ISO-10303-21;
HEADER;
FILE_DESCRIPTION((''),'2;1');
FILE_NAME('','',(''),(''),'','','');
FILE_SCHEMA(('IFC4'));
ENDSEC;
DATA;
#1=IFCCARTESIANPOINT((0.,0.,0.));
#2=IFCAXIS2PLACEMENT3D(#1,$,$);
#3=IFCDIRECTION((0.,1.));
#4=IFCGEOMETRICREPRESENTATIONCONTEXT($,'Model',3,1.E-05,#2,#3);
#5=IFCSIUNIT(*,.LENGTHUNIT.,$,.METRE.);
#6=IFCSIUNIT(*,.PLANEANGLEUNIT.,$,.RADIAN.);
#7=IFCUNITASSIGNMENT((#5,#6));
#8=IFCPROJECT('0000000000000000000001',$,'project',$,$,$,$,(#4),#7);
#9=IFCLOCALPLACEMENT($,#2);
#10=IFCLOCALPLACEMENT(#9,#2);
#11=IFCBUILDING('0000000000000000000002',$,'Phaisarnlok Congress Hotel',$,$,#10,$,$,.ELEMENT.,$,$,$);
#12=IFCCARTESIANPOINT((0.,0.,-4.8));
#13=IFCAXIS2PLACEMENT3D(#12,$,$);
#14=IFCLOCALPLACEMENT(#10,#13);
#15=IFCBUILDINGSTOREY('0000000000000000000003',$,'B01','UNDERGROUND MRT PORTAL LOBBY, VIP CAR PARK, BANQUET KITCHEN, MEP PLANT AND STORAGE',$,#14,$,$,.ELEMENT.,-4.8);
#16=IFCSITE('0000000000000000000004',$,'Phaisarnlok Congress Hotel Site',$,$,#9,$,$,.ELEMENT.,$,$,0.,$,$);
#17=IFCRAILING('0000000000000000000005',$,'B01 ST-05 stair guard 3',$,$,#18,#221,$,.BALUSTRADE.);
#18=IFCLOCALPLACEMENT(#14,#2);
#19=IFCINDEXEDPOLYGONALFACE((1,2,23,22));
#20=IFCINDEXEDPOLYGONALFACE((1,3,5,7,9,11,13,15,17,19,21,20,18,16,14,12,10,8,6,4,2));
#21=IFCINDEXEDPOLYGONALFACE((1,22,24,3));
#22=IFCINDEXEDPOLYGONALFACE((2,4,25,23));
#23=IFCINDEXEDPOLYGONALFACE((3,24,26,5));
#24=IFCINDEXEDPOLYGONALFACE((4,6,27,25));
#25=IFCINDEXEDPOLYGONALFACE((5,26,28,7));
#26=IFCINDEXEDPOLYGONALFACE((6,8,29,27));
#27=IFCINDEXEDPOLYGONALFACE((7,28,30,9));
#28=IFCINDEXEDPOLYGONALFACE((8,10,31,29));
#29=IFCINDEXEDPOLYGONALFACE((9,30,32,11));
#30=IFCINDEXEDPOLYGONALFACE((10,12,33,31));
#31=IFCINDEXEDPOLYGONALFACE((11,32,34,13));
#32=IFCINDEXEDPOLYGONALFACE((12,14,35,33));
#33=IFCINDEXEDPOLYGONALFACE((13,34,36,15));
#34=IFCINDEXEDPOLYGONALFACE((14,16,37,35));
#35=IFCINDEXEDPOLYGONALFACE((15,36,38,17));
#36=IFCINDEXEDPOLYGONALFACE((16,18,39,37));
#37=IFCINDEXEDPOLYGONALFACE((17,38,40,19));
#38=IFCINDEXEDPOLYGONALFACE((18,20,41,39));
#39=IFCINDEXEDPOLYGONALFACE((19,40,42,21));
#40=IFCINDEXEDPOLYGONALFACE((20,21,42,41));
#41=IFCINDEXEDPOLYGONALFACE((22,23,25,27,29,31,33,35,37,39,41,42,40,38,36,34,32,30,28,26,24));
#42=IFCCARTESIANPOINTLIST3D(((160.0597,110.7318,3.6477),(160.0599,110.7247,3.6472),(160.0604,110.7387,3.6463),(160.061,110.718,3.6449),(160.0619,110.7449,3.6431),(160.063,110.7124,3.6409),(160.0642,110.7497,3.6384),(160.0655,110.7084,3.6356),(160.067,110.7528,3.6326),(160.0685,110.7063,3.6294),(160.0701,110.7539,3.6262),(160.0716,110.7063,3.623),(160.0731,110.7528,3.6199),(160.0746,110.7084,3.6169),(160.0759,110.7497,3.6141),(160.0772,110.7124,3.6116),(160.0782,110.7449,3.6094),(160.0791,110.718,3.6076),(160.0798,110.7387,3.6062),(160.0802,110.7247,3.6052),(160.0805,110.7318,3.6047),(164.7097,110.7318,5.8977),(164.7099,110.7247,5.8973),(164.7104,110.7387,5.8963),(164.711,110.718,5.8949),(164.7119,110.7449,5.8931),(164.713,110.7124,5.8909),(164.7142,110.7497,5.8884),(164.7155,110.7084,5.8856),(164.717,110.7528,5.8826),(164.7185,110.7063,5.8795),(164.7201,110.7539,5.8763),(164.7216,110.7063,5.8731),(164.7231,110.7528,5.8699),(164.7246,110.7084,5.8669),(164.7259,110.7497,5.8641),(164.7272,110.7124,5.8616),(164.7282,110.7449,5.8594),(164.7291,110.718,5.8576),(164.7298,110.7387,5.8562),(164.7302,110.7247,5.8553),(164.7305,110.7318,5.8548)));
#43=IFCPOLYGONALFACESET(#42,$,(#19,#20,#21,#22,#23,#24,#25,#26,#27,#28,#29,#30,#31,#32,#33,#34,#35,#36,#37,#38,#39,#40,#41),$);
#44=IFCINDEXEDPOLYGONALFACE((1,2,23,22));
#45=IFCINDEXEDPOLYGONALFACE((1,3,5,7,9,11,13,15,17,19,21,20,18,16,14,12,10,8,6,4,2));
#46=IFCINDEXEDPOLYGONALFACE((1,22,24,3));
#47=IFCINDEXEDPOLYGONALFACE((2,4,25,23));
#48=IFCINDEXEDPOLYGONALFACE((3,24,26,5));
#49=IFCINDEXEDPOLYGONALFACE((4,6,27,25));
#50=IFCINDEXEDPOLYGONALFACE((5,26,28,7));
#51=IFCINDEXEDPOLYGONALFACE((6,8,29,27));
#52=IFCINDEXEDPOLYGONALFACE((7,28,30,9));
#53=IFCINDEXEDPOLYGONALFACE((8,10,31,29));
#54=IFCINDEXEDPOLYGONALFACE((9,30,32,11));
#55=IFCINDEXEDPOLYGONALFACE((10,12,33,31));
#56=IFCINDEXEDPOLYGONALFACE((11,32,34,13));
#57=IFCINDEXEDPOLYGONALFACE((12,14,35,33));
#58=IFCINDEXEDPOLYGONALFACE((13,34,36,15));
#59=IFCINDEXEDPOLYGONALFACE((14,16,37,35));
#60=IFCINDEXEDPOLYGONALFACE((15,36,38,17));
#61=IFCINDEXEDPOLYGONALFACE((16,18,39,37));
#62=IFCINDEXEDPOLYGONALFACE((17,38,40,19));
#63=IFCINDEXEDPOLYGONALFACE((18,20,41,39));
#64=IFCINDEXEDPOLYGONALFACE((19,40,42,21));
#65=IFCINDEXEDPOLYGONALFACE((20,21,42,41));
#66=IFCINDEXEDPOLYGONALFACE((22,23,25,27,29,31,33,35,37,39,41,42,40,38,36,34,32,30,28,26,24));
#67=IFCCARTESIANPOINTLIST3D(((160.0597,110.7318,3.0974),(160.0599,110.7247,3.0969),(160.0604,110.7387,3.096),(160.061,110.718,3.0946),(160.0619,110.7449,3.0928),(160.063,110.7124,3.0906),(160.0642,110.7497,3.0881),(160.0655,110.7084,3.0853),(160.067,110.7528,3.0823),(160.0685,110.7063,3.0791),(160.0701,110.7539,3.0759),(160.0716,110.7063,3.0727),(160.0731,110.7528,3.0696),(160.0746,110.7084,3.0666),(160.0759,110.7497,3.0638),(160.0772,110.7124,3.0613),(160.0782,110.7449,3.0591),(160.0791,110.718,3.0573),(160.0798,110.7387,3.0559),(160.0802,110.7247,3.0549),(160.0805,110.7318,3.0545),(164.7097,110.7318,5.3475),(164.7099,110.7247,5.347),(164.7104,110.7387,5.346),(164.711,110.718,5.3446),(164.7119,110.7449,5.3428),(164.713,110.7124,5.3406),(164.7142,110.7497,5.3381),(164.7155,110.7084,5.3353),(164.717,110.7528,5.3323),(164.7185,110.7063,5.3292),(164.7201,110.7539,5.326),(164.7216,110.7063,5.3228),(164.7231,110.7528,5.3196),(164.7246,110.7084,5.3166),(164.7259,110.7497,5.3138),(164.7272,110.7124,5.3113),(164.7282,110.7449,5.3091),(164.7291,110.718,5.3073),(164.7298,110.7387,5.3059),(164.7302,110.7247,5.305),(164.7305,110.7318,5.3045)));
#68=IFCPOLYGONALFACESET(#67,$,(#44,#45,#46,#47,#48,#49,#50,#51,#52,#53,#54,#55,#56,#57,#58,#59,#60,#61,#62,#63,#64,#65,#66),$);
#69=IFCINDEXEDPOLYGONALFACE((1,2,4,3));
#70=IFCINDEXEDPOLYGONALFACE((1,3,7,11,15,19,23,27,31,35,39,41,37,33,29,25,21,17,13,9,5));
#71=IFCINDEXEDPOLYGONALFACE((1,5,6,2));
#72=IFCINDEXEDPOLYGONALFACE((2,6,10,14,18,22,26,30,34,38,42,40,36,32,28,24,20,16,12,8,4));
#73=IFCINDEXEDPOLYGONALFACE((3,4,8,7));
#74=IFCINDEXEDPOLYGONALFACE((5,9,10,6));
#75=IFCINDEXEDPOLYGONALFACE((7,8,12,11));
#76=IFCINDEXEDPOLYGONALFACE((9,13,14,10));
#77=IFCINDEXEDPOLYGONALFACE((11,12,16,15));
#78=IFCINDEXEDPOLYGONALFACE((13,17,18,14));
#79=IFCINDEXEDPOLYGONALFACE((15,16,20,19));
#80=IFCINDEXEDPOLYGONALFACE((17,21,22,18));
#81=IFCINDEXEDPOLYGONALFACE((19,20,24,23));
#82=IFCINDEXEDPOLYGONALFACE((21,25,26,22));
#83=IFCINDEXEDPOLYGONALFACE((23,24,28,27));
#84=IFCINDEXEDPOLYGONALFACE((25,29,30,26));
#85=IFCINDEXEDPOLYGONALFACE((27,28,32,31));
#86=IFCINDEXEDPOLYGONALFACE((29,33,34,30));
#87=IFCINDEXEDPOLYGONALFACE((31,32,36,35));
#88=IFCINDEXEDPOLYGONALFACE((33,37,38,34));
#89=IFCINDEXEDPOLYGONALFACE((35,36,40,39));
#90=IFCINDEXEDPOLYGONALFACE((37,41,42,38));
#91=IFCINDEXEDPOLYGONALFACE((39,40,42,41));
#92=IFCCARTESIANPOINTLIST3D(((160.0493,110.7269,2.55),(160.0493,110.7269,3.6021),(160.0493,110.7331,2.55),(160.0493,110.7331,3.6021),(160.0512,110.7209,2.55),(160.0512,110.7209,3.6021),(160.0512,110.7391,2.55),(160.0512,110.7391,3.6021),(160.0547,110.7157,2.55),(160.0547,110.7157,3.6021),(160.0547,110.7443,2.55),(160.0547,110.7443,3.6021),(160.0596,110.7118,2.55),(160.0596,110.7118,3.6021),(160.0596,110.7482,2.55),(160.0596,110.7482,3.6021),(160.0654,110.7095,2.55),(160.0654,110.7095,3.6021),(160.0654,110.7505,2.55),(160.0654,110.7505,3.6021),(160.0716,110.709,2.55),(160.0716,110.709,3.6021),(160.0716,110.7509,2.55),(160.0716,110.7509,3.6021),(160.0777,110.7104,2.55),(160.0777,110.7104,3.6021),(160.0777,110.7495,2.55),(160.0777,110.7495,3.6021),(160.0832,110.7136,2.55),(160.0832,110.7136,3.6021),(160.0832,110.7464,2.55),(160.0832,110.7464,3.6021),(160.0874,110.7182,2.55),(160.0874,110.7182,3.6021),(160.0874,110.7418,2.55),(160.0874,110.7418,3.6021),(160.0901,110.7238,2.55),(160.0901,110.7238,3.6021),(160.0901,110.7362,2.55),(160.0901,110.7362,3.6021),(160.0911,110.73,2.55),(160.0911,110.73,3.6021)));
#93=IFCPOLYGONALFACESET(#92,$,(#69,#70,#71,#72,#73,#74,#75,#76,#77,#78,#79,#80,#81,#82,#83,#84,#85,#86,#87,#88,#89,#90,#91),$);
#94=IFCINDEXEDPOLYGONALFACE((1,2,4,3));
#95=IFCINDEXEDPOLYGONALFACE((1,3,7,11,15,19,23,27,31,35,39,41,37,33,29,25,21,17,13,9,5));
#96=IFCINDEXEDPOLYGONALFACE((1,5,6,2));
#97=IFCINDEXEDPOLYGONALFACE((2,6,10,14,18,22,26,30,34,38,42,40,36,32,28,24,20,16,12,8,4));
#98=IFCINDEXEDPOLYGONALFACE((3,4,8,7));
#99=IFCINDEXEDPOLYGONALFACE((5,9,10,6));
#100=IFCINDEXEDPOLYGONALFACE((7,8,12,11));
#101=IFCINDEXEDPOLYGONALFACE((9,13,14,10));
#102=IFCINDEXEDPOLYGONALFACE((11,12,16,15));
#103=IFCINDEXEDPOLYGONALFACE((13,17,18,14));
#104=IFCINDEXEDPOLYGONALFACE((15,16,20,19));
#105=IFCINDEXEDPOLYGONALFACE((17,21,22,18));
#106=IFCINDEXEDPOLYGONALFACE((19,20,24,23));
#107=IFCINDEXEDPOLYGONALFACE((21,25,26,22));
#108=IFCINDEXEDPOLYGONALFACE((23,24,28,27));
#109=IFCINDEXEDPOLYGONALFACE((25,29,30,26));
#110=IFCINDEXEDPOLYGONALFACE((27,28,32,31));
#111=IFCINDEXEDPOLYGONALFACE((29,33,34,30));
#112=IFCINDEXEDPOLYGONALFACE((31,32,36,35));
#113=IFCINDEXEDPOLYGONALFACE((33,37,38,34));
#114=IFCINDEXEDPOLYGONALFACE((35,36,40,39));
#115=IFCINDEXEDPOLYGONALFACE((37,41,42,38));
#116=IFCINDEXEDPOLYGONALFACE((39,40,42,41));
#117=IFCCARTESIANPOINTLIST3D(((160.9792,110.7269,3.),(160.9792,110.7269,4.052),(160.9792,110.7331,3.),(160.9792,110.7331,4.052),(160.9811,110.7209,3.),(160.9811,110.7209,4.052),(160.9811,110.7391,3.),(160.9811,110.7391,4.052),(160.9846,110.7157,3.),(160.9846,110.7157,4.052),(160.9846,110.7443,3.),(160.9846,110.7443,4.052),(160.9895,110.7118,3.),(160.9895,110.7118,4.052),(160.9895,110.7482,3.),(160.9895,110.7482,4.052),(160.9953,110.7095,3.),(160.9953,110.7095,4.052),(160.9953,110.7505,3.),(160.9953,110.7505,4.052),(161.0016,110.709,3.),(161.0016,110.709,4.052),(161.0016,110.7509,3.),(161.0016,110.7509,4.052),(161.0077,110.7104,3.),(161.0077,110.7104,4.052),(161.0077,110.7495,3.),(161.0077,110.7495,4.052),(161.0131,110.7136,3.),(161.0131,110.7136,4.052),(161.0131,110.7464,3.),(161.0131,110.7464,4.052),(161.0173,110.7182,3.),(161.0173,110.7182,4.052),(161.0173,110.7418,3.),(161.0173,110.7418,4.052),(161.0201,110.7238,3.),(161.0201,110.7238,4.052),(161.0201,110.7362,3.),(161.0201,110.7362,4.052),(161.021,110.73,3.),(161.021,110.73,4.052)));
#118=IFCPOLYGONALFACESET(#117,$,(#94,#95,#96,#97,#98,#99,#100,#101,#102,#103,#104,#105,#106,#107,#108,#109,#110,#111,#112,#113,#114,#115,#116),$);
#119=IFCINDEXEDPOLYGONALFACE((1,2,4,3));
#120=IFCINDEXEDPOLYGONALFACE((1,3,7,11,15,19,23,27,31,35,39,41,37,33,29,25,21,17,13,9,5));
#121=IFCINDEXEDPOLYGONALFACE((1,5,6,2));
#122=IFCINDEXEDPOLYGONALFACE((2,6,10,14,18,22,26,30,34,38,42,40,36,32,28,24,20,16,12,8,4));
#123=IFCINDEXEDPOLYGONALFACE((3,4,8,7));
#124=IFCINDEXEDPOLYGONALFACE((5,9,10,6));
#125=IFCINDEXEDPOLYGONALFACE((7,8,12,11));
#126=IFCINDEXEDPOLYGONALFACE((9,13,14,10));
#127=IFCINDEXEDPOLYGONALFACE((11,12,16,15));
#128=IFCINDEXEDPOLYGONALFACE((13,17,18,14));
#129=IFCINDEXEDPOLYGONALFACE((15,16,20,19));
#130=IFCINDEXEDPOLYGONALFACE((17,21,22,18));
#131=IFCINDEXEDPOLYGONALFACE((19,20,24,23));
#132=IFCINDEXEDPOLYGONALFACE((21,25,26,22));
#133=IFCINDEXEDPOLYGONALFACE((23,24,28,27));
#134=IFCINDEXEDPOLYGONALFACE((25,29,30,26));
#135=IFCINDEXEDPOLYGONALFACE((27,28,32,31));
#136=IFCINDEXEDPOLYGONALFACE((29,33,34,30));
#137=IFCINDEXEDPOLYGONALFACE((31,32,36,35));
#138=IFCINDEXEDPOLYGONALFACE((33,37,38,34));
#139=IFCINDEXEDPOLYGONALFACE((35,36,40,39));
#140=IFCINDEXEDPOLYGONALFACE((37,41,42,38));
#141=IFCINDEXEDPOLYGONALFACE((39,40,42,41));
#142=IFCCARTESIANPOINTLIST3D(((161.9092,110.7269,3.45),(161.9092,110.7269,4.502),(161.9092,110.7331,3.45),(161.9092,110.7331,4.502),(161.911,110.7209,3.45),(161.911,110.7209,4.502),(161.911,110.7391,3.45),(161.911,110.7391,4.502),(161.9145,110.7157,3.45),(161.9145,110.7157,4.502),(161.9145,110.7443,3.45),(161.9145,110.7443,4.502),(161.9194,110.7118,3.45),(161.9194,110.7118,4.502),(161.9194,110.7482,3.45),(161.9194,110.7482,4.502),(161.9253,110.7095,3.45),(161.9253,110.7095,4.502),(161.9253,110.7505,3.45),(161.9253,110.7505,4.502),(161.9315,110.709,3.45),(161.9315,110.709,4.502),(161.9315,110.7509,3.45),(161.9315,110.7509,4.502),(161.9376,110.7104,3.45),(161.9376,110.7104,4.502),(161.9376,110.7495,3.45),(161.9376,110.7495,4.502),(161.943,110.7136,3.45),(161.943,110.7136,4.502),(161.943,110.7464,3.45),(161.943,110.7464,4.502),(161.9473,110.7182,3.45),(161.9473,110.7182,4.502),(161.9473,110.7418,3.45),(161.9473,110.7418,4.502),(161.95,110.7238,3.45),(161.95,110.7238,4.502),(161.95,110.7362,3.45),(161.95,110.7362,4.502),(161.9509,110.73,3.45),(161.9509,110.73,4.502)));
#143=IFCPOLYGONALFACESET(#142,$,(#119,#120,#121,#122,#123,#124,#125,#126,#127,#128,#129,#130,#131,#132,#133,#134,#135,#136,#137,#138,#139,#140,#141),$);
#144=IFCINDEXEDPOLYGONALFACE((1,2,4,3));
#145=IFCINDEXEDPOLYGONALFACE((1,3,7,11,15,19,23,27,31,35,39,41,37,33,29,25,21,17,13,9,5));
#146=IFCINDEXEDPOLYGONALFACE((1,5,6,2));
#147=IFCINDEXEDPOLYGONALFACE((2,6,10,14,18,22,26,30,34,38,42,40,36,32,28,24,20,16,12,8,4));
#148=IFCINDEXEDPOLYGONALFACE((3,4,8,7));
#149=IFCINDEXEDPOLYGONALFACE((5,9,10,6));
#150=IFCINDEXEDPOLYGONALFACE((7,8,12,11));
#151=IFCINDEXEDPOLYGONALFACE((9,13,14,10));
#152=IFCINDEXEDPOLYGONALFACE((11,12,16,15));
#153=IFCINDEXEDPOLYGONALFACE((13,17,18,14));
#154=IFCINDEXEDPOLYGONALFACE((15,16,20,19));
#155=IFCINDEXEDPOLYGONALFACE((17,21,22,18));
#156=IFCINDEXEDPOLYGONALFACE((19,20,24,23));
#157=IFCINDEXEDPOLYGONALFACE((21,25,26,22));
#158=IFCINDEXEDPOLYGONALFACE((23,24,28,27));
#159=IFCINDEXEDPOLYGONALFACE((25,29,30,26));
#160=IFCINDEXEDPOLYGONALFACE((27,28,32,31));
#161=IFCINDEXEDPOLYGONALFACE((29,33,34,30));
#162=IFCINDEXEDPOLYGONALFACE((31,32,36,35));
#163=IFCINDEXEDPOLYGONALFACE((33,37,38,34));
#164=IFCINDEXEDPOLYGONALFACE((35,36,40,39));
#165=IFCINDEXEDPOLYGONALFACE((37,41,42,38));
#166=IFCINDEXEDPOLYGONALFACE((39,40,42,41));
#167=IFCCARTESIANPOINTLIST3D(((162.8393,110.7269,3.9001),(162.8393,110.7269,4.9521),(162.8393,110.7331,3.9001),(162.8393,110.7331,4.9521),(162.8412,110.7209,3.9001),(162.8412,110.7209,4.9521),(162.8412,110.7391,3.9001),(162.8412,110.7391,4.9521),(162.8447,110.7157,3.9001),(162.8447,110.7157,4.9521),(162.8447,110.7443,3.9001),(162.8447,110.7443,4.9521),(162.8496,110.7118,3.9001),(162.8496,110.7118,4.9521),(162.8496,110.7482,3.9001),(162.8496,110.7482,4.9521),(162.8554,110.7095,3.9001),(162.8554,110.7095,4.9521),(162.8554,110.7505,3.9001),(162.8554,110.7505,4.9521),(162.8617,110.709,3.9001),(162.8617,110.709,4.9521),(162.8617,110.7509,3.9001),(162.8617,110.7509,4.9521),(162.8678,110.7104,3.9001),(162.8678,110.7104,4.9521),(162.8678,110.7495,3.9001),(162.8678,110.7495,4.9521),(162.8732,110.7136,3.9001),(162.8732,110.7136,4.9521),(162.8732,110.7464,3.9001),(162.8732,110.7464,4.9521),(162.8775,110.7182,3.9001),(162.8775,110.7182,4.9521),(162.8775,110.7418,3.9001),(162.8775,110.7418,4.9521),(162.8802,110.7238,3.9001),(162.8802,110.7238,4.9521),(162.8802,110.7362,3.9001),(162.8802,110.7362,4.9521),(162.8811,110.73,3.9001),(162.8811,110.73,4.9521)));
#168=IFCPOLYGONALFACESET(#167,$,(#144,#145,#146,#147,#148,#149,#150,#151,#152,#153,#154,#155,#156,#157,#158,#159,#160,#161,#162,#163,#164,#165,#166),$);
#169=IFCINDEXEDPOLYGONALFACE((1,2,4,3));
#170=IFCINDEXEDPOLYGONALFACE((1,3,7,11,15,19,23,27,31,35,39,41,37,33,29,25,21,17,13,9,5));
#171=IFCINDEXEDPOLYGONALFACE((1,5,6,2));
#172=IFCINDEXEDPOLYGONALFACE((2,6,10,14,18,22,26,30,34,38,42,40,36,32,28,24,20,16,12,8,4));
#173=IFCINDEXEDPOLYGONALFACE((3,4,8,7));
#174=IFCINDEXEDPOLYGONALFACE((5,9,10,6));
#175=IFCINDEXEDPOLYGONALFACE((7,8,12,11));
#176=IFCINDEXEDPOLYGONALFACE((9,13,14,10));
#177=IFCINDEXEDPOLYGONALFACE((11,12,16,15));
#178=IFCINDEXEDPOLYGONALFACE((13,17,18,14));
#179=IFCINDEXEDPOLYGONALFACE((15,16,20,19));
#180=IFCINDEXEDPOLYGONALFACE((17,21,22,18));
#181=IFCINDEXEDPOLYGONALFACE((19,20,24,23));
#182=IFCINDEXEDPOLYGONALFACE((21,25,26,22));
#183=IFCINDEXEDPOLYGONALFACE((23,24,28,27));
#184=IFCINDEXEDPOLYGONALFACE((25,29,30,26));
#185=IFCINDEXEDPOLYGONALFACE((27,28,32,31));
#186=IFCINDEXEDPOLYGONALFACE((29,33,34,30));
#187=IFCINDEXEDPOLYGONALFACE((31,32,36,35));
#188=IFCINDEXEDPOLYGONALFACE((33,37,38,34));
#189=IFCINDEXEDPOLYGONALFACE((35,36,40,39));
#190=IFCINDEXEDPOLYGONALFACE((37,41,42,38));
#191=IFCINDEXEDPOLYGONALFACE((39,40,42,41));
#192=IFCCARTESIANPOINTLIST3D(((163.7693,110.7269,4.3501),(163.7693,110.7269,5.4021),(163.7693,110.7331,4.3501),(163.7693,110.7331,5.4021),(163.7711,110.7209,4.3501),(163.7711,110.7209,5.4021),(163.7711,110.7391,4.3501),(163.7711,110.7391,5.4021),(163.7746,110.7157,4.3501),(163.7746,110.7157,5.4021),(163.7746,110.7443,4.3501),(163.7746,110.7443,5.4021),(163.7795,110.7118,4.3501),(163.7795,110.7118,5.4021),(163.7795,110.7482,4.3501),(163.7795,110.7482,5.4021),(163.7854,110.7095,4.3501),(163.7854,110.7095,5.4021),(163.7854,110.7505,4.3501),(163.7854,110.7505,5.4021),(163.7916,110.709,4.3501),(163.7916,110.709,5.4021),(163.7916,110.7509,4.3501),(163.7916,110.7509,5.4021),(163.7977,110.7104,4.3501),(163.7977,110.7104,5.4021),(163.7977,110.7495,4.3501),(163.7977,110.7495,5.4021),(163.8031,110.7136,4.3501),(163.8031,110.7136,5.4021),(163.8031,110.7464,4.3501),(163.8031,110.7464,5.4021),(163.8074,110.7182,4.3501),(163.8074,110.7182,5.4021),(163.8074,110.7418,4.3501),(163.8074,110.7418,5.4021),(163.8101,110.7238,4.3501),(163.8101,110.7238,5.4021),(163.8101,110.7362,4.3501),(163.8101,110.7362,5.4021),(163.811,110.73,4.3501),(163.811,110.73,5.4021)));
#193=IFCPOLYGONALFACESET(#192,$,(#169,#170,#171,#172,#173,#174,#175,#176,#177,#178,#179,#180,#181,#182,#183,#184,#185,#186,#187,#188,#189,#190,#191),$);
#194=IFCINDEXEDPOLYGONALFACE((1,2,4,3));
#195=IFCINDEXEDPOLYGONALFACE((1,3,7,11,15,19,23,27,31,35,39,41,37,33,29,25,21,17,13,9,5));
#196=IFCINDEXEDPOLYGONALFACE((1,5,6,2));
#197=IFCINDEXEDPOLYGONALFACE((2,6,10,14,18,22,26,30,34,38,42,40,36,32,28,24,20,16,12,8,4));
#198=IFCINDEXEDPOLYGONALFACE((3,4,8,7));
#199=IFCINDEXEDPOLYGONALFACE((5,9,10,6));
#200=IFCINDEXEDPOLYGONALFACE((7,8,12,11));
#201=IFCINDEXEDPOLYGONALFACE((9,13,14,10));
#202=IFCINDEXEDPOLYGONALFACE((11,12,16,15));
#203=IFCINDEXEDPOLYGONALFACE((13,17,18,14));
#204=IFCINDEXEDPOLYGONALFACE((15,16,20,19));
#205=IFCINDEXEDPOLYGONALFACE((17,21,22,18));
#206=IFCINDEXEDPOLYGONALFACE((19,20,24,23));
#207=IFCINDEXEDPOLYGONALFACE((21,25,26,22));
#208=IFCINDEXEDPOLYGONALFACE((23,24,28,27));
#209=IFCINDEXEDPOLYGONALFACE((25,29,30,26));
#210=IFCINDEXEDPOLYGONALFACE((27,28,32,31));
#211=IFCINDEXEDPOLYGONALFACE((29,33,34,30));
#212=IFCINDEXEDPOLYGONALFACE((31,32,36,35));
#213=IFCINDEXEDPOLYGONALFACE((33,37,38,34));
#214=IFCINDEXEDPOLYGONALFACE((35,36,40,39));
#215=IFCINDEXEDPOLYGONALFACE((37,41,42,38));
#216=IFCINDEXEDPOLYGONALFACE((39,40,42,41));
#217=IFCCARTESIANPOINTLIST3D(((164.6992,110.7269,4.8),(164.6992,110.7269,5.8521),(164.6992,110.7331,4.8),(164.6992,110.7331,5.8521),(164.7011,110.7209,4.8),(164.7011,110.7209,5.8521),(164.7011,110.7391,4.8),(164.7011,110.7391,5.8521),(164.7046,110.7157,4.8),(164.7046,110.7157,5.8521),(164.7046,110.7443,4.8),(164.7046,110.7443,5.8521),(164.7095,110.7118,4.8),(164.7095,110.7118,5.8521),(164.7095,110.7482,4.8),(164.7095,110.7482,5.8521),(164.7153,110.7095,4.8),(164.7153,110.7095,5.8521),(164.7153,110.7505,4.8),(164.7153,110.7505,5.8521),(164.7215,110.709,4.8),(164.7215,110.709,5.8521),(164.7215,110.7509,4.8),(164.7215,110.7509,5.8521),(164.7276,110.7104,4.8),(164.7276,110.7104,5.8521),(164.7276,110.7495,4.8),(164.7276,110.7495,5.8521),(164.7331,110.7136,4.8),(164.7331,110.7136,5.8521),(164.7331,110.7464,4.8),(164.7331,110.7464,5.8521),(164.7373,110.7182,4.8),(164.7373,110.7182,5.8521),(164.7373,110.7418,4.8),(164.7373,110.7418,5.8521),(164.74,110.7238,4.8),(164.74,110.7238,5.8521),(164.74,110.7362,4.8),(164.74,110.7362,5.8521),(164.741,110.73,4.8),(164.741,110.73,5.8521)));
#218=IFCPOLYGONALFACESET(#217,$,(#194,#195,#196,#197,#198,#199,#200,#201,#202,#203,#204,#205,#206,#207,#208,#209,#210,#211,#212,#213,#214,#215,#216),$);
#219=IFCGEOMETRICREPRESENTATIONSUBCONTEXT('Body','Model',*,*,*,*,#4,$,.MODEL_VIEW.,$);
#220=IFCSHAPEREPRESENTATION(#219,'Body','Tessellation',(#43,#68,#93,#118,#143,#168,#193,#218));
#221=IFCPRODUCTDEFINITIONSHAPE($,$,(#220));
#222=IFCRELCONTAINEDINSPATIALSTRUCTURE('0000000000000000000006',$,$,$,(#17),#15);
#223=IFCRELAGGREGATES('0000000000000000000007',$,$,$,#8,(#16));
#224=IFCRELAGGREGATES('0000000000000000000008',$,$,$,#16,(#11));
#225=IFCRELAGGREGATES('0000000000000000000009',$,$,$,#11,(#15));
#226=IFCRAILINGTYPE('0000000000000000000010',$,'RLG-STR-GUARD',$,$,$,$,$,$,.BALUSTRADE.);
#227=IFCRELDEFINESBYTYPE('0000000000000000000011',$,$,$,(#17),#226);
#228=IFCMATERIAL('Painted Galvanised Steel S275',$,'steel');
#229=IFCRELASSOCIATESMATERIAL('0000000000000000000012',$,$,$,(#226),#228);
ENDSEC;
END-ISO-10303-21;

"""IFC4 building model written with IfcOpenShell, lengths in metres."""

from ifc_helpers import new_model, si_unit, direction, frame, origin, origin_2d, place, context, subcontext, project, spatial, circle, extrude, material, type_object, element, save


model = new_model("IFC4")

# Units and contexts
model_context = context("Model", 3, precision=1e-05, world=origin(), true_north=direction((0.0, 1.0)))
body_context = subcontext(model_context, "Body", "Model", "MODEL_VIEW")
ifc_project = project(units=[si_unit("LENGTHUNIT", "METRE"), si_unit("PLANEANGLEUNIT", "RADIAN")], contexts=[model_context])

# Site, building, storey
site_placement = place(None, origin())
site = spatial("IfcSite", under=ifc_project, at=site_placement, Name="Phaisarnlok Congress Hotel Site", CompositionType="ELEMENT", RefElevation=0.0)
building_placement = place(site_placement, origin())
building = spatial("IfcBuilding", under=site, at=building_placement, Name="Phaisarnlok Congress Hotel", CompositionType="ELEMENT")
storey_placement = place(building_placement, frame((0.0, 0.0, -4.8)))
storey = spatial("IfcBuildingStorey", under=building, at=storey_placement, Name="B01", Description="UNDERGROUND MRT PORTAL LOBBY, VIP CAR PARK, BANQUET KITCHEN, MEP PLANT AND STORAGE", CompositionType="ELEMENT", Elevation=-4.8)

# Railing
ifc_material_1 = material(Name="Painted Galvanised Steel S275", Category="steel")
railing_type_1 = type_object("IfcRailingType", Name="RLG-STR-GUARD", PredefinedType="BALUSTRADE", material=ifc_material_1)
railing_1_placement = place(storey_placement, frame((160.0701, 110.73, 2.55)))
element("IfcRailing", 1, at=railing_1_placement, inside=storey, type_object=railing_type_1, Name="B01 ST-05 stair guard 3", PredefinedType="BALUSTRADE", context=body_context, shape_type="SweptSolid", body=[
    extrude(circle(Radius=0.0239, at=origin_2d()), frame((0.0, 0.0, 1.0762), z_axis=(0.900156, 0.0, 0.435568), x_axis=(0.0, 1.0, 0.0)), (0.0, 0.0, 1.0), 5.1658),
    extrude(circle(Radius=0.0239, at=origin_2d()), frame((0.0, 0.0, 0.5259), z_axis=(0.900156, 0.0, 0.435568), x_axis=(0.0, 1.0, 0.0)), (0.0, 0.0, 1.0), 5.1658),
    extrude(circle(Radius=0.021, at=origin_2d()), origin(), (0.0, 0.0, 1.0), 1.052),
    extrude(circle(Radius=0.021, at=origin_2d()), frame((0.9299, 0.0, 0.45)), (0.0, 0.0, 1.0), 1.052),
    extrude(circle(Radius=0.021, at=origin_2d()), frame((1.8599, 0.0, 0.8999)), (0.0, 0.0, 1.0), 1.052),
    extrude(circle(Radius=0.021, at=origin_2d()), frame((2.79, 0.0, 1.3501)), (0.0, 0.0, 1.0), 1.052),
    extrude(circle(Radius=0.021, at=origin_2d()), frame((3.72, 0.0, 1.8)), (0.0, 0.0, 1.0), 1.052),
    extrude(circle(Radius=0.021, at=origin_2d()), frame((4.6499, 0.0, 2.25)), (0.0, 0.0, 1.0), 1.052),
])

save(model, "model.ifc")
